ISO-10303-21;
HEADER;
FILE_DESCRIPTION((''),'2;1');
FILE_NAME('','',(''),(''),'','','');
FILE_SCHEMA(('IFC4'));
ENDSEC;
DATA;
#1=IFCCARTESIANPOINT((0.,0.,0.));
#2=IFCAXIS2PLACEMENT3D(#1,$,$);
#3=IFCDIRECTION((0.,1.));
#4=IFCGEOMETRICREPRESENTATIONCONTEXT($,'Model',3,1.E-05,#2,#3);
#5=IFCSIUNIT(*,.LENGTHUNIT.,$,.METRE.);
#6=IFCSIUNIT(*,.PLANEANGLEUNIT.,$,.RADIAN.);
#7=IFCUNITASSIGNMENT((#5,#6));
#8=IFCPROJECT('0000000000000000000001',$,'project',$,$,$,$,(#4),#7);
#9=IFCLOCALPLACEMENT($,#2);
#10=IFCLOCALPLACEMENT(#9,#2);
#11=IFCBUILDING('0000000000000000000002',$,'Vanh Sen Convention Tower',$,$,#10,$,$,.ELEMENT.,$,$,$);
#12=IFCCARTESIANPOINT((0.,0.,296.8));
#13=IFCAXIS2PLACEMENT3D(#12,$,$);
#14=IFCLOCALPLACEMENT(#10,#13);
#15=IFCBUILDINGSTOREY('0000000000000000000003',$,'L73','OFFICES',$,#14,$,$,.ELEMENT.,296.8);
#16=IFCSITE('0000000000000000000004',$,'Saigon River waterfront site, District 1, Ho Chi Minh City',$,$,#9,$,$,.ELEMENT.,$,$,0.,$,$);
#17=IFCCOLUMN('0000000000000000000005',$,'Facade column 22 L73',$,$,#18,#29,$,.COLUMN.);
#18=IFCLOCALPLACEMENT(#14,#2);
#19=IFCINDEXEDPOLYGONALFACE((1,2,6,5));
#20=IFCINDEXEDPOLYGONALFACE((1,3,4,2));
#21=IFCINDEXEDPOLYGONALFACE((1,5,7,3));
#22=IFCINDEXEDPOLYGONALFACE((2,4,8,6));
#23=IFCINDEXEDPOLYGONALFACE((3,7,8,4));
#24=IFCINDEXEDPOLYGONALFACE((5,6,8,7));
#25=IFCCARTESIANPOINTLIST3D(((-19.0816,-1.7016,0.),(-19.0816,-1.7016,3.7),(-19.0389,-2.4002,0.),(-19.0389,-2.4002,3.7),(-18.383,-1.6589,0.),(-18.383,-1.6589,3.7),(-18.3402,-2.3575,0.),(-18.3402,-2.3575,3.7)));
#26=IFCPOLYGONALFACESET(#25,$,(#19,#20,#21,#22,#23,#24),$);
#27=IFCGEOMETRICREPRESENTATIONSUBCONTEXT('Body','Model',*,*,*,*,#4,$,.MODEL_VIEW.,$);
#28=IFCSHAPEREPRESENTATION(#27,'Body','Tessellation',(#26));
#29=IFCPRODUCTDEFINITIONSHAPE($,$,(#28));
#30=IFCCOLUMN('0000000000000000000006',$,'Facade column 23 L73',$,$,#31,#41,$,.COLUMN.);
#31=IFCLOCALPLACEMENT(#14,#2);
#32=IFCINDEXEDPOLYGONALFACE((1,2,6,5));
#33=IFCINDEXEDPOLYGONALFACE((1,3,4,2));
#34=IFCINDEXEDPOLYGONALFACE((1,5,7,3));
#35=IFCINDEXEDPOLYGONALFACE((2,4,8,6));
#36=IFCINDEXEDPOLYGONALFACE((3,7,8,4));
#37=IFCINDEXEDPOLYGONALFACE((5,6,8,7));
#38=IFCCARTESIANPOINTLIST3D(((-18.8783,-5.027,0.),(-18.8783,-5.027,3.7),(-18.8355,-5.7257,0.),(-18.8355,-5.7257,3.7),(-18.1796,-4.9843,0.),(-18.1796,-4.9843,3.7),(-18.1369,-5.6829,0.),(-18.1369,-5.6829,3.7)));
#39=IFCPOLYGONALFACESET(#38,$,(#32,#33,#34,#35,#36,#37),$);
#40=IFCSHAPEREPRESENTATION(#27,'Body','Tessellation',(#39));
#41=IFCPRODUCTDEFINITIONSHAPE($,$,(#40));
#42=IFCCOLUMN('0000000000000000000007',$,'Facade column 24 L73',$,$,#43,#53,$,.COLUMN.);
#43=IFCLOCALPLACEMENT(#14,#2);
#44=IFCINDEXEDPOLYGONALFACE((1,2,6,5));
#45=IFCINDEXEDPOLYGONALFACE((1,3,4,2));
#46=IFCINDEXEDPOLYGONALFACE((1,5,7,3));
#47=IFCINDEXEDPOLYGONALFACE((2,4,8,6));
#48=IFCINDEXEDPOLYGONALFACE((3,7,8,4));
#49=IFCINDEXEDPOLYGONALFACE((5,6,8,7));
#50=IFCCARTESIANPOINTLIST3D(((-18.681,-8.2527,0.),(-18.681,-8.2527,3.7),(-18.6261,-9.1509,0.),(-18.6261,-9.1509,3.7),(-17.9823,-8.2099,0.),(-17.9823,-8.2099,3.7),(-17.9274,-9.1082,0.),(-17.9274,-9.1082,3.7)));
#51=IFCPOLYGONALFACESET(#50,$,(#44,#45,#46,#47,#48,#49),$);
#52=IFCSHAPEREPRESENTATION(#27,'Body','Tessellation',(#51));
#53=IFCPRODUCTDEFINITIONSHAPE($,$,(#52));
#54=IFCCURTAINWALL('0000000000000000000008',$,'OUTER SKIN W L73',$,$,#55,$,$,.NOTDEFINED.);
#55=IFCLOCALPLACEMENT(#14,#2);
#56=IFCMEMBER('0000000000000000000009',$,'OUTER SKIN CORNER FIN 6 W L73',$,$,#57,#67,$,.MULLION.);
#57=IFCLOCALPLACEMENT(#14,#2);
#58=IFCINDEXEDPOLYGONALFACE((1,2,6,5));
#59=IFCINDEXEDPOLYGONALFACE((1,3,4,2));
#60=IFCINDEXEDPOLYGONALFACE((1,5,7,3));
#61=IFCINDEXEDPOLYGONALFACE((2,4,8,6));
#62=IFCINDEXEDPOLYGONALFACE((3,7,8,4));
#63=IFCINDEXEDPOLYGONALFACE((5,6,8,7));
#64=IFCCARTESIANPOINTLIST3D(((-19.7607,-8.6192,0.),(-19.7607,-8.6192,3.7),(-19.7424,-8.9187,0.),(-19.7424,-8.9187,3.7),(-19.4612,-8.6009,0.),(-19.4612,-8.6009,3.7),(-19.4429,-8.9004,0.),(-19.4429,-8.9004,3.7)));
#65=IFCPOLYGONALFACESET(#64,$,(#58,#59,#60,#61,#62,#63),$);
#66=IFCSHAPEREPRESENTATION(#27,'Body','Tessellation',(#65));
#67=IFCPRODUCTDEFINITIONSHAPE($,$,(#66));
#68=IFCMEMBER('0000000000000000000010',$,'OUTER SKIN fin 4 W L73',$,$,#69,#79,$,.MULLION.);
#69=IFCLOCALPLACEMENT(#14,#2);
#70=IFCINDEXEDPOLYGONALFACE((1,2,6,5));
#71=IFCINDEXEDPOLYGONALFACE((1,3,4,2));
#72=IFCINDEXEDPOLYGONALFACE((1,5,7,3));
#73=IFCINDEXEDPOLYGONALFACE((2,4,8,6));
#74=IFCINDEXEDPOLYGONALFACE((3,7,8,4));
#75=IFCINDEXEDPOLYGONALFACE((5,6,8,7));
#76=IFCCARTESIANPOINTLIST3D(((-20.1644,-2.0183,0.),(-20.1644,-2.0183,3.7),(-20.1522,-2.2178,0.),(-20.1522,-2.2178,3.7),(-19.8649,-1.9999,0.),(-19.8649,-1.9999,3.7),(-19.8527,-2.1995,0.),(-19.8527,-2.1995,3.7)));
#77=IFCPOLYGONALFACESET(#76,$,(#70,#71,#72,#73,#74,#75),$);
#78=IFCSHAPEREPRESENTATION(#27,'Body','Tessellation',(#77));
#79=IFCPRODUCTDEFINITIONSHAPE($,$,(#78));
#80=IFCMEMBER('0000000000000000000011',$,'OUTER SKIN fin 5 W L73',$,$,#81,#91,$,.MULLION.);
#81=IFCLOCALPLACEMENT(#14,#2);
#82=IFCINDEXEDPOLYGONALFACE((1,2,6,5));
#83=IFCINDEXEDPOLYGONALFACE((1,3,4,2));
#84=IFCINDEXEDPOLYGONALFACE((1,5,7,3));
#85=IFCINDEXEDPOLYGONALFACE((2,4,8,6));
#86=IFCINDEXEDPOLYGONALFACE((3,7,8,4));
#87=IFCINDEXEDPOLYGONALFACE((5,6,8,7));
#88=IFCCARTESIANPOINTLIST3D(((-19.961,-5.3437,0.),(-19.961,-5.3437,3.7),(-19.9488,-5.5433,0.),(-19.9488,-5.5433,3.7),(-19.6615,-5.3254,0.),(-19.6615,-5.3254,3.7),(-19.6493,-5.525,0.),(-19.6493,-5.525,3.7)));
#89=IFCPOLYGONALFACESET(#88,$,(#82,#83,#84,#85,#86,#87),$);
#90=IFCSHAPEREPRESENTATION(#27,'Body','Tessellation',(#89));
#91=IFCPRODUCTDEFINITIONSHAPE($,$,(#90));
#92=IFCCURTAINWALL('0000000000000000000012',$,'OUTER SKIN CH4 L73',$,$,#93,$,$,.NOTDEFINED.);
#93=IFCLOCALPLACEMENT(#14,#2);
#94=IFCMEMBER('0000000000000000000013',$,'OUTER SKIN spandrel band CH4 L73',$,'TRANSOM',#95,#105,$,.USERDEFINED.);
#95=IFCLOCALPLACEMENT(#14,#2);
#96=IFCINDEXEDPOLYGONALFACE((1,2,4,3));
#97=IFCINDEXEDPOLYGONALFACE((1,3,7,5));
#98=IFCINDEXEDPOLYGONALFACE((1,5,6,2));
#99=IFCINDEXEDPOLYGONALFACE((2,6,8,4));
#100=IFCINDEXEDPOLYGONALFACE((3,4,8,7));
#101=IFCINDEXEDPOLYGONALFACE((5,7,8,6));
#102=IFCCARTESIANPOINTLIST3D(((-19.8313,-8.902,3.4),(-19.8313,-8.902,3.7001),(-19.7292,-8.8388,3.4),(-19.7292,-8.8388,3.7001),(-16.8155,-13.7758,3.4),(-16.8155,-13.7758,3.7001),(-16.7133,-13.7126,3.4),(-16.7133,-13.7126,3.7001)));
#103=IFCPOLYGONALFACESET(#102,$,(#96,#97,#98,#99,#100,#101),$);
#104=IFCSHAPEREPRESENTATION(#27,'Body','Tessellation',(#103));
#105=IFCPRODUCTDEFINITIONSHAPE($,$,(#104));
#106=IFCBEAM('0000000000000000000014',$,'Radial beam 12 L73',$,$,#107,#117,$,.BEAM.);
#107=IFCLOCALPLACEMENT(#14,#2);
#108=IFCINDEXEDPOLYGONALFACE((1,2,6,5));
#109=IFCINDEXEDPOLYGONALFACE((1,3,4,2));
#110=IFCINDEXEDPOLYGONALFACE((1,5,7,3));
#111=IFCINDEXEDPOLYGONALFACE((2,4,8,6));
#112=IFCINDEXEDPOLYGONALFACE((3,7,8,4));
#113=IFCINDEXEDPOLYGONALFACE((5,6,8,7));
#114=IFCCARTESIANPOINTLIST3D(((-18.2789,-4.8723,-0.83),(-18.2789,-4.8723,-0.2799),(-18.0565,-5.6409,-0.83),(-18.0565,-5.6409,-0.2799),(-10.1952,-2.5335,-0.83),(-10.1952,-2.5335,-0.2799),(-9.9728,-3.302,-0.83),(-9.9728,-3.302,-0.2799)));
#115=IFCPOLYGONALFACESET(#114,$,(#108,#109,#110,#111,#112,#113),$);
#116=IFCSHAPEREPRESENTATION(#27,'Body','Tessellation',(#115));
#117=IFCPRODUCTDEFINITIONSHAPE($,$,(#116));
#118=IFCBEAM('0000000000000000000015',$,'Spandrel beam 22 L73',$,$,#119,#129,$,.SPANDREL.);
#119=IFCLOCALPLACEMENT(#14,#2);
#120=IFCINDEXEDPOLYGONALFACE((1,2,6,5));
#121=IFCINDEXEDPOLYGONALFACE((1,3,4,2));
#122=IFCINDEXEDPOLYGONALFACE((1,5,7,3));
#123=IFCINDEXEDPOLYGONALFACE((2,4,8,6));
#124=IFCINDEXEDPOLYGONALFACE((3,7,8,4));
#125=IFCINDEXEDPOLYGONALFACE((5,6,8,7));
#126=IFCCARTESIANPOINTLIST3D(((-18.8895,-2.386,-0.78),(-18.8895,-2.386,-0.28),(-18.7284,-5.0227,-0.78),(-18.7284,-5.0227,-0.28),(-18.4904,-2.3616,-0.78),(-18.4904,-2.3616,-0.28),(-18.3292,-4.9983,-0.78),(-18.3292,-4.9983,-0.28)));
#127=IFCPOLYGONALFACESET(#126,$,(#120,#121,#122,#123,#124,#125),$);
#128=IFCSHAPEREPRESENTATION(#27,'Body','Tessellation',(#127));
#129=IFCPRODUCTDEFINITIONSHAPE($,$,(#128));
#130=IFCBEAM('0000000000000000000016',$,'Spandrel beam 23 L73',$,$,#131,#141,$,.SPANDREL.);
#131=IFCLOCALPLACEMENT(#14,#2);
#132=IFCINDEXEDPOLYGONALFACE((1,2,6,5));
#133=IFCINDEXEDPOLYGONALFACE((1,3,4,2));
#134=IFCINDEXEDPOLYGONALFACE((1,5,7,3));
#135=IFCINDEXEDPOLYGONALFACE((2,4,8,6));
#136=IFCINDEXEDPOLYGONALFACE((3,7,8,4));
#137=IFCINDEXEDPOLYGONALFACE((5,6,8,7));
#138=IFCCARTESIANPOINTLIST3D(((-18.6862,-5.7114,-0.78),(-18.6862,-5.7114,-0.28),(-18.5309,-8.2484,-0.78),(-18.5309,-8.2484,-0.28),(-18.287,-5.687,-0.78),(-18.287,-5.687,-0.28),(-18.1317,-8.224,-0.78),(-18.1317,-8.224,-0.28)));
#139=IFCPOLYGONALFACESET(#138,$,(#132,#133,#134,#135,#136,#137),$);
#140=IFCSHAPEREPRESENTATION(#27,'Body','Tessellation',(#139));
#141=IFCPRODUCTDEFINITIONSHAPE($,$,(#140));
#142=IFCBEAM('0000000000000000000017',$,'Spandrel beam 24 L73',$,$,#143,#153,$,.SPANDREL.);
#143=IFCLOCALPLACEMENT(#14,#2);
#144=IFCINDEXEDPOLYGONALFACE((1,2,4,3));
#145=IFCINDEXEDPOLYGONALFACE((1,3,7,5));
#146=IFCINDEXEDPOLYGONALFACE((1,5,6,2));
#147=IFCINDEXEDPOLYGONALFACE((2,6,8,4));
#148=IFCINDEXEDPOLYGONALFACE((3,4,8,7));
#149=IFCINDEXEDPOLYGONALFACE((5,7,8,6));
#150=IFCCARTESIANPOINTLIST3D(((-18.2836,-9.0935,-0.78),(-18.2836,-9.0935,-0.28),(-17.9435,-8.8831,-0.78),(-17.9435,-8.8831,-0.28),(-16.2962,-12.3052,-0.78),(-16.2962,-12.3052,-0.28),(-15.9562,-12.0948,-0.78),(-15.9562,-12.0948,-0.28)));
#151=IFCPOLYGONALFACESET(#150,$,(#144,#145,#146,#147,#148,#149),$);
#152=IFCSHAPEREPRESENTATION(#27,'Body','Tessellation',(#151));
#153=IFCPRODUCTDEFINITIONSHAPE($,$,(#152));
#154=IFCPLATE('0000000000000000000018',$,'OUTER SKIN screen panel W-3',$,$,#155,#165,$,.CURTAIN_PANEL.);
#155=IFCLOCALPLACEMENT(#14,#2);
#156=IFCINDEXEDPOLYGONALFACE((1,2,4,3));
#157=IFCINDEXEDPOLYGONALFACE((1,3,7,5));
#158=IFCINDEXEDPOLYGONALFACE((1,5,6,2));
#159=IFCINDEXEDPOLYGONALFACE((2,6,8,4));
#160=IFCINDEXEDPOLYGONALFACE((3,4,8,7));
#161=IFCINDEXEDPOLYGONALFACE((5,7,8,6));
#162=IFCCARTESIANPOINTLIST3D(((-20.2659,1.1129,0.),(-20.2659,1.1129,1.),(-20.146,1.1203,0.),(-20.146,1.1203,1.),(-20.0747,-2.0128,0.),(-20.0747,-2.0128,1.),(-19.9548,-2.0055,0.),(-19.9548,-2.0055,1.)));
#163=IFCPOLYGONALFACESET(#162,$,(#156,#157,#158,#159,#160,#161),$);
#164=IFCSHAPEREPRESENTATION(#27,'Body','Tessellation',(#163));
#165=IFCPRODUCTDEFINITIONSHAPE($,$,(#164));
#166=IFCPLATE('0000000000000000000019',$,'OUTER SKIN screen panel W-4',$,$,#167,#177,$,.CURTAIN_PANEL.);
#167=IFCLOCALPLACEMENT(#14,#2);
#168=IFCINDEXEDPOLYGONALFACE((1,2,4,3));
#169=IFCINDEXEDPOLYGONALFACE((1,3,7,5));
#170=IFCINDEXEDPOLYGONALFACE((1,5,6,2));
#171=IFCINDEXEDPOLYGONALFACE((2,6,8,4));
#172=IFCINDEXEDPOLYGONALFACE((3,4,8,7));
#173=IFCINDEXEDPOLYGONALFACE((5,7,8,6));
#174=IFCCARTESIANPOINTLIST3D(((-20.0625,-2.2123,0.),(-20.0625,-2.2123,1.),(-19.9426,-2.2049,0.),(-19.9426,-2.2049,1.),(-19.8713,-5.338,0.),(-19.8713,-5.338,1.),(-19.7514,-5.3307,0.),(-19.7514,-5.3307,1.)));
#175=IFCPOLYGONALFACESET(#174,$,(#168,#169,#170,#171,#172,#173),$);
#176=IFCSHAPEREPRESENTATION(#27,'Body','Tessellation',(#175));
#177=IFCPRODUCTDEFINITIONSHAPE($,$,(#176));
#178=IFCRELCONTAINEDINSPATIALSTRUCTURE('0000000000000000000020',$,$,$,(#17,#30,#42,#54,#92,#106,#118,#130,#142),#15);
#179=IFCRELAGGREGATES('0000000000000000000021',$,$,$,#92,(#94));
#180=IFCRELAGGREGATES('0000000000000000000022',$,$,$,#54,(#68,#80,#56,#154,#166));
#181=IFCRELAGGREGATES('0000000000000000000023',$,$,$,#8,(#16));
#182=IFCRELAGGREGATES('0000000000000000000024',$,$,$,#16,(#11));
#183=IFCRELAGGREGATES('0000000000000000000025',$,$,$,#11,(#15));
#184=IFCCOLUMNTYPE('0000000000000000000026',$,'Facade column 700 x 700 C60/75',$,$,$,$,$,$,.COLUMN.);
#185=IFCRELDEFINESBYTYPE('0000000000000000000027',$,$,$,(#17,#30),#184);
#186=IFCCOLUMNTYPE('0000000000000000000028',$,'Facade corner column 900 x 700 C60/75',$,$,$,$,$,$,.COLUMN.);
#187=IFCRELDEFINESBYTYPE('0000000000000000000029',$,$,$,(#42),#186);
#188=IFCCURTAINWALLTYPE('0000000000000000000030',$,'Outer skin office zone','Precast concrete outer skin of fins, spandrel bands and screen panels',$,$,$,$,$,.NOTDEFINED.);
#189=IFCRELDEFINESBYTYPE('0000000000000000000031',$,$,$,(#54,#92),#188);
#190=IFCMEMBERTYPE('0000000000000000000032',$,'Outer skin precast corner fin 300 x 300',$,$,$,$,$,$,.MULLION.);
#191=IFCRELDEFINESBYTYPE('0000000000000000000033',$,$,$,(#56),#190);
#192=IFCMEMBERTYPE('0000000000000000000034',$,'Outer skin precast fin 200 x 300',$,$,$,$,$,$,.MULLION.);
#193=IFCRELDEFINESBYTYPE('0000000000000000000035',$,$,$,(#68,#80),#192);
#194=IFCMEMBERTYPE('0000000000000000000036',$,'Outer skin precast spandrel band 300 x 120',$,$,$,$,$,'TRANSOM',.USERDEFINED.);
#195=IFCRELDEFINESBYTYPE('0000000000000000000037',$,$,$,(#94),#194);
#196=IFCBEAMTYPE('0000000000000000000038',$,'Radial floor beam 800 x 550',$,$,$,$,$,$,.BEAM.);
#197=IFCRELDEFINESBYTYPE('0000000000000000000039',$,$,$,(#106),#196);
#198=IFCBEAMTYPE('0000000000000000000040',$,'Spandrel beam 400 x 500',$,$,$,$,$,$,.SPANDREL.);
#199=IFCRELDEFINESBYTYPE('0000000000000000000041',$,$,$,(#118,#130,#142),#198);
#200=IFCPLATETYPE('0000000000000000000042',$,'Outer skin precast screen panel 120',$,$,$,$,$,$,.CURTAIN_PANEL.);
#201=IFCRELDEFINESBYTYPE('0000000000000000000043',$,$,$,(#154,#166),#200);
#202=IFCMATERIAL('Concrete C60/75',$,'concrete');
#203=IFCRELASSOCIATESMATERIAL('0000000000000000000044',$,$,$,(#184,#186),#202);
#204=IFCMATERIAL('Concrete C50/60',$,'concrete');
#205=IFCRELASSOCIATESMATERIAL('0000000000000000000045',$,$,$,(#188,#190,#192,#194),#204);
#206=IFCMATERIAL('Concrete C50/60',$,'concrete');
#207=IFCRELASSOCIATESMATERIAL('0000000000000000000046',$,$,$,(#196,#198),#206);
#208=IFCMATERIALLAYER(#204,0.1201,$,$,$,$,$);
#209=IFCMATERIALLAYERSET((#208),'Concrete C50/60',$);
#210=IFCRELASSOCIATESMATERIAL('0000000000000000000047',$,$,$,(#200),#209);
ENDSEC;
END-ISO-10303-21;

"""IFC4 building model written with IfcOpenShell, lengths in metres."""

from ifc_helpers import new_model, si_unit, direction, frame, origin, origin_2d, place, context, subcontext, project, spatial, rectangle, extrude, material, layer, layer_set, material_profile, profile_set, type_object, element, aggregate, save


model = new_model("IFC4")

# Units and contexts
model_context = context("Model", 3, precision=1e-05, world=origin(), true_north=direction((0.0, 1.0)))
body_context = subcontext(model_context, "Body", "Model", "MODEL_VIEW")
ifc_project = project(units=[si_unit("LENGTHUNIT", "METRE"), si_unit("PLANEANGLEUNIT", "RADIAN")], contexts=[model_context])

# Site, building, storey
site_placement = place(None, origin())
site = spatial("IfcSite", under=ifc_project, at=site_placement, Name="Saigon River waterfront site, District 1, Ho Chi Minh City", CompositionType="ELEMENT", RefElevation=0.0)
building_placement = place(site_placement, origin())
building = spatial("IfcBuilding", under=site, at=building_placement, Name="Vanh Sen Convention Tower", CompositionType="ELEMENT")
storey_placement = place(building_placement, frame((0.0, 0.0, 296.8)))
storey = spatial("IfcBuildingStorey", under=building, at=storey_placement, Name="L73", Description="OFFICES", CompositionType="ELEMENT", Elevation=296.8)

# Columns
ifc_material_1 = material(Name="Concrete C60/75", Category="concrete")
ifc_material_profile_1 = material_profile(ifc_material_1, rectangle(XDim=0.7, YDim=0.7, at=origin_2d()), Name="RC 700X700")
ifc_profile_set_1 = profile_set([ifc_material_profile_1], Name="Concrete C60/75")
column_type_1 = type_object("IfcColumnType", Name="Facade column 700 x 700 C60/75", PredefinedType="COLUMN", material=ifc_profile_set_1)
for number, where, z_axis, x_axis, name in (
    (1, (-18.7109, -2.0295, 0.0), (0.0, 0.0, 1.0), (0.061049, -0.998135, 0.0), "Facade column 22 L73"),
    (2, (-18.5076, -5.355, 0.0), (0.0, 0.0, 1.0), (0.061049, -0.998135, 0.0), "Facade column 23 L73"),
):
    element("IfcColumn", number, at=place(storey_placement, frame(where, z_axis=z_axis, x_axis=x_axis)), inside=storey, type_object=column_type_1, Name=name, PredefinedType="COLUMN", context=body_context, shape_type="SweptSolid", body=[
        extrude(rectangle(XDim=0.7, YDim=0.7, at=origin_2d()), origin(), (0.0, 0.0, 1.0), 3.7),
    ])
ifc_material_profile_2 = material_profile(ifc_material_1, rectangle(XDim=0.8999, YDim=0.7, at=origin_2d()), Name="RC 900X700")
ifc_profile_set_2 = profile_set([ifc_material_profile_2], Name="Concrete C60/75")
column_type_2 = type_object("IfcColumnType", Name="Facade corner column 900 x 700 C60/75", PredefinedType="COLUMN", material=ifc_profile_set_2)
column_placement = place(storey_placement, frame((-18.3042, -8.6804, 0.0), z_axis=(0.0, 0.0, 1.0), x_axis=(0.061049, -0.998135, 0.0)))
element("IfcColumn", 3, at=column_placement, inside=storey, type_object=column_type_2, Name="Facade column 24 L73", PredefinedType="COLUMN", context=body_context, shape_type="SweptSolid", body=[
    extrude(rectangle(XDim=0.8999, YDim=0.7, at=origin_2d()), origin(), (0.0, 0.0, 1.0), 3.7),
])

# Curtain wall, members
ifc_material_2 = material(Name="Concrete C50/60", Category="concrete")
curtain_wall_type = type_object("IfcCurtainWallType", Name="Outer skin office zone", Description="Precast concrete outer skin of fins, spandrel bands and screen panels", PredefinedType="NOTDEFINED", material=ifc_material_2)
curtain_wall_1_placement = place(storey_placement, origin())
curtain_wall_1 = element("IfcCurtainWall", 4, at=curtain_wall_1_placement, inside=storey, type_object=curtain_wall_type, Name="OUTER SKIN W L73", PredefinedType="NOTDEFINED")
ifc_material_profile_3 = material_profile(ifc_material_2, rectangle(XDim=0.3, YDim=0.3, at=origin_2d()), Name="Outer skin precast corner fin 300 x 300")
ifc_profile_set_3 = profile_set([ifc_material_profile_3], Name="Concrete C50/60")
member_type_1 = type_object("IfcMemberType", Name="Outer skin precast corner fin 300 x 300", PredefinedType="MULLION", material=ifc_profile_set_3)
member_1_placement = place(storey_placement, frame((-19.6018, -8.7598, 0.0), z_axis=(0.0, 0.0, 1.0), x_axis=(0.061049, -0.998135, 0.0)))
member_1 = element("IfcMember", 5, at=member_1_placement, type_object=member_type_1, Name="OUTER SKIN CORNER FIN 6 W L73", PredefinedType="MULLION", context=body_context, shape_type="SweptSolid", body=[
    extrude(rectangle(XDim=0.3, YDim=0.3, at=origin_2d()), origin(), (0.0, 0.0, 1.0), 3.7),
])
ifc_material_profile_4 = material_profile(ifc_material_2, rectangle(XDim=0.2, YDim=0.3, at=origin_2d()), Name="Outer skin precast fin 200 x 300")
ifc_profile_set_4 = profile_set([ifc_material_profile_4], Name="Concrete C50/60")
member_type_2 = type_object("IfcMemberType", Name="Outer skin precast fin 200 x 300", PredefinedType="MULLION", material=ifc_profile_set_4)
member_2_placement = place(storey_placement, frame((-20.0085, -2.1089, 0.0), z_axis=(0.0, 0.0, 1.0), x_axis=(0.061049, -0.998135, 0.0)))
member_2 = element("IfcMember", 6, at=member_2_placement, type_object=member_type_2, Name="OUTER SKIN fin 4 W L73", PredefinedType="MULLION", context=body_context, shape_type="SweptSolid", body=[
    extrude(rectangle(XDim=0.2, YDim=0.3, at=origin_2d()), origin(), (0.0, 0.0, 1.0), 3.7),
])
member_3_placement = place(storey_placement, frame((-19.8052, -5.4343, 0.0), z_axis=(0.0, 0.0, 1.0), x_axis=(0.061049, -0.998135, 0.0)))
member_3 = element("IfcMember", 7, at=member_3_placement, type_object=member_type_2, Name="OUTER SKIN fin 5 W L73", PredefinedType="MULLION", context=body_context, shape_type="SweptSolid", body=[
    extrude(rectangle(XDim=0.2, YDim=0.3, at=origin_2d()), origin(), (0.0, 0.0, 1.0), 3.7),
])

# Curtain wall, member
curtain_wall_2_placement = place(storey_placement, origin())
curtain_wall_2 = element("IfcCurtainWall", 8, at=curtain_wall_2_placement, inside=storey, type_object=curtain_wall_type, Name="OUTER SKIN CH4 L73", PredefinedType="NOTDEFINED")
ifc_material_profile_5 = material_profile(ifc_material_2, rectangle(XDim=0.1201, YDim=0.3, at=origin_2d()), Name="Outer skin precast spandrel band 300 x 120")
ifc_profile_set_5 = profile_set([ifc_material_profile_5], Name="Concrete C50/60")
member_type_3 = type_object("IfcMemberType", Name="Outer skin precast spandrel band 300 x 120", ElementType="TRANSOM", PredefinedType="USERDEFINED", material=ifc_profile_set_5)
member_4_placement = place(storey_placement, frame((-19.7803, -8.8704, 3.55), z_axis=(0.526199, -0.850361, 0.0), x_axis=(0.850361, 0.526199, 0.0)))
member_4 = element("IfcMember", 9, at=member_4_placement, type_object=member_type_3, Name="OUTER SKIN spandrel band CH4 L73", ObjectType="TRANSOM", PredefinedType="USERDEFINED", context=body_context, shape_type="SweptSolid", body=[
    extrude(rectangle(XDim=0.1201, YDim=0.3, at=origin_2d()), origin(), (0.0, 0.0, 1.0), 5.7314),
])
aggregate(curtain_wall_2, [member_4])

# Beams
ifc_material_3 = material(Name="Concrete C50/60", Category="concrete")
ifc_material_profile_6 = material_profile(ifc_material_3, rectangle(XDim=0.8, YDim=0.55, at=origin_2d()), Name="RC 800X550")
ifc_profile_set_6 = profile_set([ifc_material_profile_6], Name="Concrete C50/60")
beam_type_1 = type_object("IfcBeamType", Name="Radial floor beam 800 x 550", PredefinedType="BEAM", material=ifc_profile_set_6)
beam_1_placement = place(storey_placement, frame((-18.1677, -5.2566, -0.5549), z_axis=(0.960601, 0.277931, 0.0), x_axis=(-0.277931, 0.960601, 0.0)))
element("IfcBeam", 10, at=beam_1_placement, inside=storey, type_object=beam_type_1, Name="Radial beam 12 L73", PredefinedType="BEAM", context=body_context, shape_type="SweptSolid", body=[
    extrude(rectangle(XDim=0.8, YDim=0.55, at=origin_2d()), origin(), (0.0, 0.0, 1.0), 8.4153),
])
ifc_material_profile_7 = material_profile(ifc_material_3, rectangle(XDim=0.3999, YDim=0.5, at=origin_2d()), Name="RC 400X500")
ifc_profile_set_7 = profile_set([ifc_material_profile_7], Name="Concrete C50/60")
beam_type_2 = type_object("IfcBeamType", Name="Spandrel beam 400 x 500", PredefinedType="SPANDREL", material=ifc_profile_set_7)
beam_2_placement = place(storey_placement, frame((-18.6899, -2.3738, -0.53), z_axis=(0.060997, -0.998138, 0.0), x_axis=(0.998138, 0.060997, 0.0)))
element("IfcBeam", 11, at=beam_2_placement, inside=storey, type_object=beam_type_2, Name="Spandrel beam 22 L73", PredefinedType="SPANDREL", context=body_context, shape_type="SweptSolid", body=[
    extrude(rectangle(XDim=0.3999, YDim=0.5, at=origin_2d()), origin(), (0.0, 0.0, 1.0), 2.6416),
])
beam_3_placement = place(storey_placement, frame((-18.4866, -5.6992, -0.53), z_axis=(0.061087, -0.998132, 0.0), x_axis=(0.998132, 0.061087, 0.0)))
element("IfcBeam", 12, at=beam_3_placement, inside=storey, type_object=beam_type_2, Name="Spandrel beam 23 L73", PredefinedType="SPANDREL", context=body_context, shape_type="SweptSolid", body=[
    extrude(rectangle(XDim=0.3999, YDim=0.5, at=origin_2d()), origin(), (0.0, 0.0, 1.0), 2.5417),
])
beam_4_placement = place(storey_placement, frame((-18.1135, -8.9883, -0.53), z_axis=(0.526188, -0.850368, 0.0), x_axis=(0.850368, 0.526188, 0.0)))
element("IfcBeam", 13, at=beam_4_placement, inside=storey, type_object=beam_type_2, Name="Spandrel beam 24 L73", PredefinedType="SPANDREL", context=body_context, shape_type="SweptSolid", body=[
    extrude(rectangle(XDim=0.3999, YDim=0.5, at=origin_2d()), origin(), (0.0, 0.0, 1.0), 3.7769),
])

# Plates
ifc_layer_1 = layer(ifc_material_2, 0.1201)
ifc_layer_set_1 = layer_set([ifc_layer_1], Name="Concrete C50/60")
plate_type = type_object("IfcPlateType", Name="Outer skin precast screen panel 120", PredefinedType="CURTAIN_PANEL", material=ifc_layer_set_1)
plate_1_placement = place(storey_placement, frame((-20.1104, -0.4463, 0.0), z_axis=(0.0, 0.0, 1.0), x_axis=(0.061052, -0.998135, 0.0)))
plate_1 = element("IfcPlate", 14, at=plate_1_placement, type_object=plate_type, Name="OUTER SKIN screen panel W-3", PredefinedType="CURTAIN_PANEL", context=body_context, shape_type="SweptSolid", body=[
    extrude(rectangle(XDim=3.1316, YDim=0.1201, at=origin_2d()), origin(), (0.0, 0.0, 1.0), 1.0),
])
plate_2_placement = place(storey_placement, frame((-19.907, -3.7715, 0.0), z_axis=(0.0, 0.0, 1.0), x_axis=(0.061052, -0.998135, 0.0)))
plate_2 = element("IfcPlate", 15, at=plate_2_placement, type_object=plate_type, Name="OUTER SKIN screen panel W-4", PredefinedType="CURTAIN_PANEL", context=body_context, shape_type="SweptSolid", body=[
    extrude(rectangle(XDim=3.1316, YDim=0.1201, at=origin_2d()), origin(), (0.0, 0.0, 1.0), 1.0),
])
aggregate(curtain_wall_1, [member_2, member_3, member_1, plate_1, plate_2])

save(model, "model.ifc")
